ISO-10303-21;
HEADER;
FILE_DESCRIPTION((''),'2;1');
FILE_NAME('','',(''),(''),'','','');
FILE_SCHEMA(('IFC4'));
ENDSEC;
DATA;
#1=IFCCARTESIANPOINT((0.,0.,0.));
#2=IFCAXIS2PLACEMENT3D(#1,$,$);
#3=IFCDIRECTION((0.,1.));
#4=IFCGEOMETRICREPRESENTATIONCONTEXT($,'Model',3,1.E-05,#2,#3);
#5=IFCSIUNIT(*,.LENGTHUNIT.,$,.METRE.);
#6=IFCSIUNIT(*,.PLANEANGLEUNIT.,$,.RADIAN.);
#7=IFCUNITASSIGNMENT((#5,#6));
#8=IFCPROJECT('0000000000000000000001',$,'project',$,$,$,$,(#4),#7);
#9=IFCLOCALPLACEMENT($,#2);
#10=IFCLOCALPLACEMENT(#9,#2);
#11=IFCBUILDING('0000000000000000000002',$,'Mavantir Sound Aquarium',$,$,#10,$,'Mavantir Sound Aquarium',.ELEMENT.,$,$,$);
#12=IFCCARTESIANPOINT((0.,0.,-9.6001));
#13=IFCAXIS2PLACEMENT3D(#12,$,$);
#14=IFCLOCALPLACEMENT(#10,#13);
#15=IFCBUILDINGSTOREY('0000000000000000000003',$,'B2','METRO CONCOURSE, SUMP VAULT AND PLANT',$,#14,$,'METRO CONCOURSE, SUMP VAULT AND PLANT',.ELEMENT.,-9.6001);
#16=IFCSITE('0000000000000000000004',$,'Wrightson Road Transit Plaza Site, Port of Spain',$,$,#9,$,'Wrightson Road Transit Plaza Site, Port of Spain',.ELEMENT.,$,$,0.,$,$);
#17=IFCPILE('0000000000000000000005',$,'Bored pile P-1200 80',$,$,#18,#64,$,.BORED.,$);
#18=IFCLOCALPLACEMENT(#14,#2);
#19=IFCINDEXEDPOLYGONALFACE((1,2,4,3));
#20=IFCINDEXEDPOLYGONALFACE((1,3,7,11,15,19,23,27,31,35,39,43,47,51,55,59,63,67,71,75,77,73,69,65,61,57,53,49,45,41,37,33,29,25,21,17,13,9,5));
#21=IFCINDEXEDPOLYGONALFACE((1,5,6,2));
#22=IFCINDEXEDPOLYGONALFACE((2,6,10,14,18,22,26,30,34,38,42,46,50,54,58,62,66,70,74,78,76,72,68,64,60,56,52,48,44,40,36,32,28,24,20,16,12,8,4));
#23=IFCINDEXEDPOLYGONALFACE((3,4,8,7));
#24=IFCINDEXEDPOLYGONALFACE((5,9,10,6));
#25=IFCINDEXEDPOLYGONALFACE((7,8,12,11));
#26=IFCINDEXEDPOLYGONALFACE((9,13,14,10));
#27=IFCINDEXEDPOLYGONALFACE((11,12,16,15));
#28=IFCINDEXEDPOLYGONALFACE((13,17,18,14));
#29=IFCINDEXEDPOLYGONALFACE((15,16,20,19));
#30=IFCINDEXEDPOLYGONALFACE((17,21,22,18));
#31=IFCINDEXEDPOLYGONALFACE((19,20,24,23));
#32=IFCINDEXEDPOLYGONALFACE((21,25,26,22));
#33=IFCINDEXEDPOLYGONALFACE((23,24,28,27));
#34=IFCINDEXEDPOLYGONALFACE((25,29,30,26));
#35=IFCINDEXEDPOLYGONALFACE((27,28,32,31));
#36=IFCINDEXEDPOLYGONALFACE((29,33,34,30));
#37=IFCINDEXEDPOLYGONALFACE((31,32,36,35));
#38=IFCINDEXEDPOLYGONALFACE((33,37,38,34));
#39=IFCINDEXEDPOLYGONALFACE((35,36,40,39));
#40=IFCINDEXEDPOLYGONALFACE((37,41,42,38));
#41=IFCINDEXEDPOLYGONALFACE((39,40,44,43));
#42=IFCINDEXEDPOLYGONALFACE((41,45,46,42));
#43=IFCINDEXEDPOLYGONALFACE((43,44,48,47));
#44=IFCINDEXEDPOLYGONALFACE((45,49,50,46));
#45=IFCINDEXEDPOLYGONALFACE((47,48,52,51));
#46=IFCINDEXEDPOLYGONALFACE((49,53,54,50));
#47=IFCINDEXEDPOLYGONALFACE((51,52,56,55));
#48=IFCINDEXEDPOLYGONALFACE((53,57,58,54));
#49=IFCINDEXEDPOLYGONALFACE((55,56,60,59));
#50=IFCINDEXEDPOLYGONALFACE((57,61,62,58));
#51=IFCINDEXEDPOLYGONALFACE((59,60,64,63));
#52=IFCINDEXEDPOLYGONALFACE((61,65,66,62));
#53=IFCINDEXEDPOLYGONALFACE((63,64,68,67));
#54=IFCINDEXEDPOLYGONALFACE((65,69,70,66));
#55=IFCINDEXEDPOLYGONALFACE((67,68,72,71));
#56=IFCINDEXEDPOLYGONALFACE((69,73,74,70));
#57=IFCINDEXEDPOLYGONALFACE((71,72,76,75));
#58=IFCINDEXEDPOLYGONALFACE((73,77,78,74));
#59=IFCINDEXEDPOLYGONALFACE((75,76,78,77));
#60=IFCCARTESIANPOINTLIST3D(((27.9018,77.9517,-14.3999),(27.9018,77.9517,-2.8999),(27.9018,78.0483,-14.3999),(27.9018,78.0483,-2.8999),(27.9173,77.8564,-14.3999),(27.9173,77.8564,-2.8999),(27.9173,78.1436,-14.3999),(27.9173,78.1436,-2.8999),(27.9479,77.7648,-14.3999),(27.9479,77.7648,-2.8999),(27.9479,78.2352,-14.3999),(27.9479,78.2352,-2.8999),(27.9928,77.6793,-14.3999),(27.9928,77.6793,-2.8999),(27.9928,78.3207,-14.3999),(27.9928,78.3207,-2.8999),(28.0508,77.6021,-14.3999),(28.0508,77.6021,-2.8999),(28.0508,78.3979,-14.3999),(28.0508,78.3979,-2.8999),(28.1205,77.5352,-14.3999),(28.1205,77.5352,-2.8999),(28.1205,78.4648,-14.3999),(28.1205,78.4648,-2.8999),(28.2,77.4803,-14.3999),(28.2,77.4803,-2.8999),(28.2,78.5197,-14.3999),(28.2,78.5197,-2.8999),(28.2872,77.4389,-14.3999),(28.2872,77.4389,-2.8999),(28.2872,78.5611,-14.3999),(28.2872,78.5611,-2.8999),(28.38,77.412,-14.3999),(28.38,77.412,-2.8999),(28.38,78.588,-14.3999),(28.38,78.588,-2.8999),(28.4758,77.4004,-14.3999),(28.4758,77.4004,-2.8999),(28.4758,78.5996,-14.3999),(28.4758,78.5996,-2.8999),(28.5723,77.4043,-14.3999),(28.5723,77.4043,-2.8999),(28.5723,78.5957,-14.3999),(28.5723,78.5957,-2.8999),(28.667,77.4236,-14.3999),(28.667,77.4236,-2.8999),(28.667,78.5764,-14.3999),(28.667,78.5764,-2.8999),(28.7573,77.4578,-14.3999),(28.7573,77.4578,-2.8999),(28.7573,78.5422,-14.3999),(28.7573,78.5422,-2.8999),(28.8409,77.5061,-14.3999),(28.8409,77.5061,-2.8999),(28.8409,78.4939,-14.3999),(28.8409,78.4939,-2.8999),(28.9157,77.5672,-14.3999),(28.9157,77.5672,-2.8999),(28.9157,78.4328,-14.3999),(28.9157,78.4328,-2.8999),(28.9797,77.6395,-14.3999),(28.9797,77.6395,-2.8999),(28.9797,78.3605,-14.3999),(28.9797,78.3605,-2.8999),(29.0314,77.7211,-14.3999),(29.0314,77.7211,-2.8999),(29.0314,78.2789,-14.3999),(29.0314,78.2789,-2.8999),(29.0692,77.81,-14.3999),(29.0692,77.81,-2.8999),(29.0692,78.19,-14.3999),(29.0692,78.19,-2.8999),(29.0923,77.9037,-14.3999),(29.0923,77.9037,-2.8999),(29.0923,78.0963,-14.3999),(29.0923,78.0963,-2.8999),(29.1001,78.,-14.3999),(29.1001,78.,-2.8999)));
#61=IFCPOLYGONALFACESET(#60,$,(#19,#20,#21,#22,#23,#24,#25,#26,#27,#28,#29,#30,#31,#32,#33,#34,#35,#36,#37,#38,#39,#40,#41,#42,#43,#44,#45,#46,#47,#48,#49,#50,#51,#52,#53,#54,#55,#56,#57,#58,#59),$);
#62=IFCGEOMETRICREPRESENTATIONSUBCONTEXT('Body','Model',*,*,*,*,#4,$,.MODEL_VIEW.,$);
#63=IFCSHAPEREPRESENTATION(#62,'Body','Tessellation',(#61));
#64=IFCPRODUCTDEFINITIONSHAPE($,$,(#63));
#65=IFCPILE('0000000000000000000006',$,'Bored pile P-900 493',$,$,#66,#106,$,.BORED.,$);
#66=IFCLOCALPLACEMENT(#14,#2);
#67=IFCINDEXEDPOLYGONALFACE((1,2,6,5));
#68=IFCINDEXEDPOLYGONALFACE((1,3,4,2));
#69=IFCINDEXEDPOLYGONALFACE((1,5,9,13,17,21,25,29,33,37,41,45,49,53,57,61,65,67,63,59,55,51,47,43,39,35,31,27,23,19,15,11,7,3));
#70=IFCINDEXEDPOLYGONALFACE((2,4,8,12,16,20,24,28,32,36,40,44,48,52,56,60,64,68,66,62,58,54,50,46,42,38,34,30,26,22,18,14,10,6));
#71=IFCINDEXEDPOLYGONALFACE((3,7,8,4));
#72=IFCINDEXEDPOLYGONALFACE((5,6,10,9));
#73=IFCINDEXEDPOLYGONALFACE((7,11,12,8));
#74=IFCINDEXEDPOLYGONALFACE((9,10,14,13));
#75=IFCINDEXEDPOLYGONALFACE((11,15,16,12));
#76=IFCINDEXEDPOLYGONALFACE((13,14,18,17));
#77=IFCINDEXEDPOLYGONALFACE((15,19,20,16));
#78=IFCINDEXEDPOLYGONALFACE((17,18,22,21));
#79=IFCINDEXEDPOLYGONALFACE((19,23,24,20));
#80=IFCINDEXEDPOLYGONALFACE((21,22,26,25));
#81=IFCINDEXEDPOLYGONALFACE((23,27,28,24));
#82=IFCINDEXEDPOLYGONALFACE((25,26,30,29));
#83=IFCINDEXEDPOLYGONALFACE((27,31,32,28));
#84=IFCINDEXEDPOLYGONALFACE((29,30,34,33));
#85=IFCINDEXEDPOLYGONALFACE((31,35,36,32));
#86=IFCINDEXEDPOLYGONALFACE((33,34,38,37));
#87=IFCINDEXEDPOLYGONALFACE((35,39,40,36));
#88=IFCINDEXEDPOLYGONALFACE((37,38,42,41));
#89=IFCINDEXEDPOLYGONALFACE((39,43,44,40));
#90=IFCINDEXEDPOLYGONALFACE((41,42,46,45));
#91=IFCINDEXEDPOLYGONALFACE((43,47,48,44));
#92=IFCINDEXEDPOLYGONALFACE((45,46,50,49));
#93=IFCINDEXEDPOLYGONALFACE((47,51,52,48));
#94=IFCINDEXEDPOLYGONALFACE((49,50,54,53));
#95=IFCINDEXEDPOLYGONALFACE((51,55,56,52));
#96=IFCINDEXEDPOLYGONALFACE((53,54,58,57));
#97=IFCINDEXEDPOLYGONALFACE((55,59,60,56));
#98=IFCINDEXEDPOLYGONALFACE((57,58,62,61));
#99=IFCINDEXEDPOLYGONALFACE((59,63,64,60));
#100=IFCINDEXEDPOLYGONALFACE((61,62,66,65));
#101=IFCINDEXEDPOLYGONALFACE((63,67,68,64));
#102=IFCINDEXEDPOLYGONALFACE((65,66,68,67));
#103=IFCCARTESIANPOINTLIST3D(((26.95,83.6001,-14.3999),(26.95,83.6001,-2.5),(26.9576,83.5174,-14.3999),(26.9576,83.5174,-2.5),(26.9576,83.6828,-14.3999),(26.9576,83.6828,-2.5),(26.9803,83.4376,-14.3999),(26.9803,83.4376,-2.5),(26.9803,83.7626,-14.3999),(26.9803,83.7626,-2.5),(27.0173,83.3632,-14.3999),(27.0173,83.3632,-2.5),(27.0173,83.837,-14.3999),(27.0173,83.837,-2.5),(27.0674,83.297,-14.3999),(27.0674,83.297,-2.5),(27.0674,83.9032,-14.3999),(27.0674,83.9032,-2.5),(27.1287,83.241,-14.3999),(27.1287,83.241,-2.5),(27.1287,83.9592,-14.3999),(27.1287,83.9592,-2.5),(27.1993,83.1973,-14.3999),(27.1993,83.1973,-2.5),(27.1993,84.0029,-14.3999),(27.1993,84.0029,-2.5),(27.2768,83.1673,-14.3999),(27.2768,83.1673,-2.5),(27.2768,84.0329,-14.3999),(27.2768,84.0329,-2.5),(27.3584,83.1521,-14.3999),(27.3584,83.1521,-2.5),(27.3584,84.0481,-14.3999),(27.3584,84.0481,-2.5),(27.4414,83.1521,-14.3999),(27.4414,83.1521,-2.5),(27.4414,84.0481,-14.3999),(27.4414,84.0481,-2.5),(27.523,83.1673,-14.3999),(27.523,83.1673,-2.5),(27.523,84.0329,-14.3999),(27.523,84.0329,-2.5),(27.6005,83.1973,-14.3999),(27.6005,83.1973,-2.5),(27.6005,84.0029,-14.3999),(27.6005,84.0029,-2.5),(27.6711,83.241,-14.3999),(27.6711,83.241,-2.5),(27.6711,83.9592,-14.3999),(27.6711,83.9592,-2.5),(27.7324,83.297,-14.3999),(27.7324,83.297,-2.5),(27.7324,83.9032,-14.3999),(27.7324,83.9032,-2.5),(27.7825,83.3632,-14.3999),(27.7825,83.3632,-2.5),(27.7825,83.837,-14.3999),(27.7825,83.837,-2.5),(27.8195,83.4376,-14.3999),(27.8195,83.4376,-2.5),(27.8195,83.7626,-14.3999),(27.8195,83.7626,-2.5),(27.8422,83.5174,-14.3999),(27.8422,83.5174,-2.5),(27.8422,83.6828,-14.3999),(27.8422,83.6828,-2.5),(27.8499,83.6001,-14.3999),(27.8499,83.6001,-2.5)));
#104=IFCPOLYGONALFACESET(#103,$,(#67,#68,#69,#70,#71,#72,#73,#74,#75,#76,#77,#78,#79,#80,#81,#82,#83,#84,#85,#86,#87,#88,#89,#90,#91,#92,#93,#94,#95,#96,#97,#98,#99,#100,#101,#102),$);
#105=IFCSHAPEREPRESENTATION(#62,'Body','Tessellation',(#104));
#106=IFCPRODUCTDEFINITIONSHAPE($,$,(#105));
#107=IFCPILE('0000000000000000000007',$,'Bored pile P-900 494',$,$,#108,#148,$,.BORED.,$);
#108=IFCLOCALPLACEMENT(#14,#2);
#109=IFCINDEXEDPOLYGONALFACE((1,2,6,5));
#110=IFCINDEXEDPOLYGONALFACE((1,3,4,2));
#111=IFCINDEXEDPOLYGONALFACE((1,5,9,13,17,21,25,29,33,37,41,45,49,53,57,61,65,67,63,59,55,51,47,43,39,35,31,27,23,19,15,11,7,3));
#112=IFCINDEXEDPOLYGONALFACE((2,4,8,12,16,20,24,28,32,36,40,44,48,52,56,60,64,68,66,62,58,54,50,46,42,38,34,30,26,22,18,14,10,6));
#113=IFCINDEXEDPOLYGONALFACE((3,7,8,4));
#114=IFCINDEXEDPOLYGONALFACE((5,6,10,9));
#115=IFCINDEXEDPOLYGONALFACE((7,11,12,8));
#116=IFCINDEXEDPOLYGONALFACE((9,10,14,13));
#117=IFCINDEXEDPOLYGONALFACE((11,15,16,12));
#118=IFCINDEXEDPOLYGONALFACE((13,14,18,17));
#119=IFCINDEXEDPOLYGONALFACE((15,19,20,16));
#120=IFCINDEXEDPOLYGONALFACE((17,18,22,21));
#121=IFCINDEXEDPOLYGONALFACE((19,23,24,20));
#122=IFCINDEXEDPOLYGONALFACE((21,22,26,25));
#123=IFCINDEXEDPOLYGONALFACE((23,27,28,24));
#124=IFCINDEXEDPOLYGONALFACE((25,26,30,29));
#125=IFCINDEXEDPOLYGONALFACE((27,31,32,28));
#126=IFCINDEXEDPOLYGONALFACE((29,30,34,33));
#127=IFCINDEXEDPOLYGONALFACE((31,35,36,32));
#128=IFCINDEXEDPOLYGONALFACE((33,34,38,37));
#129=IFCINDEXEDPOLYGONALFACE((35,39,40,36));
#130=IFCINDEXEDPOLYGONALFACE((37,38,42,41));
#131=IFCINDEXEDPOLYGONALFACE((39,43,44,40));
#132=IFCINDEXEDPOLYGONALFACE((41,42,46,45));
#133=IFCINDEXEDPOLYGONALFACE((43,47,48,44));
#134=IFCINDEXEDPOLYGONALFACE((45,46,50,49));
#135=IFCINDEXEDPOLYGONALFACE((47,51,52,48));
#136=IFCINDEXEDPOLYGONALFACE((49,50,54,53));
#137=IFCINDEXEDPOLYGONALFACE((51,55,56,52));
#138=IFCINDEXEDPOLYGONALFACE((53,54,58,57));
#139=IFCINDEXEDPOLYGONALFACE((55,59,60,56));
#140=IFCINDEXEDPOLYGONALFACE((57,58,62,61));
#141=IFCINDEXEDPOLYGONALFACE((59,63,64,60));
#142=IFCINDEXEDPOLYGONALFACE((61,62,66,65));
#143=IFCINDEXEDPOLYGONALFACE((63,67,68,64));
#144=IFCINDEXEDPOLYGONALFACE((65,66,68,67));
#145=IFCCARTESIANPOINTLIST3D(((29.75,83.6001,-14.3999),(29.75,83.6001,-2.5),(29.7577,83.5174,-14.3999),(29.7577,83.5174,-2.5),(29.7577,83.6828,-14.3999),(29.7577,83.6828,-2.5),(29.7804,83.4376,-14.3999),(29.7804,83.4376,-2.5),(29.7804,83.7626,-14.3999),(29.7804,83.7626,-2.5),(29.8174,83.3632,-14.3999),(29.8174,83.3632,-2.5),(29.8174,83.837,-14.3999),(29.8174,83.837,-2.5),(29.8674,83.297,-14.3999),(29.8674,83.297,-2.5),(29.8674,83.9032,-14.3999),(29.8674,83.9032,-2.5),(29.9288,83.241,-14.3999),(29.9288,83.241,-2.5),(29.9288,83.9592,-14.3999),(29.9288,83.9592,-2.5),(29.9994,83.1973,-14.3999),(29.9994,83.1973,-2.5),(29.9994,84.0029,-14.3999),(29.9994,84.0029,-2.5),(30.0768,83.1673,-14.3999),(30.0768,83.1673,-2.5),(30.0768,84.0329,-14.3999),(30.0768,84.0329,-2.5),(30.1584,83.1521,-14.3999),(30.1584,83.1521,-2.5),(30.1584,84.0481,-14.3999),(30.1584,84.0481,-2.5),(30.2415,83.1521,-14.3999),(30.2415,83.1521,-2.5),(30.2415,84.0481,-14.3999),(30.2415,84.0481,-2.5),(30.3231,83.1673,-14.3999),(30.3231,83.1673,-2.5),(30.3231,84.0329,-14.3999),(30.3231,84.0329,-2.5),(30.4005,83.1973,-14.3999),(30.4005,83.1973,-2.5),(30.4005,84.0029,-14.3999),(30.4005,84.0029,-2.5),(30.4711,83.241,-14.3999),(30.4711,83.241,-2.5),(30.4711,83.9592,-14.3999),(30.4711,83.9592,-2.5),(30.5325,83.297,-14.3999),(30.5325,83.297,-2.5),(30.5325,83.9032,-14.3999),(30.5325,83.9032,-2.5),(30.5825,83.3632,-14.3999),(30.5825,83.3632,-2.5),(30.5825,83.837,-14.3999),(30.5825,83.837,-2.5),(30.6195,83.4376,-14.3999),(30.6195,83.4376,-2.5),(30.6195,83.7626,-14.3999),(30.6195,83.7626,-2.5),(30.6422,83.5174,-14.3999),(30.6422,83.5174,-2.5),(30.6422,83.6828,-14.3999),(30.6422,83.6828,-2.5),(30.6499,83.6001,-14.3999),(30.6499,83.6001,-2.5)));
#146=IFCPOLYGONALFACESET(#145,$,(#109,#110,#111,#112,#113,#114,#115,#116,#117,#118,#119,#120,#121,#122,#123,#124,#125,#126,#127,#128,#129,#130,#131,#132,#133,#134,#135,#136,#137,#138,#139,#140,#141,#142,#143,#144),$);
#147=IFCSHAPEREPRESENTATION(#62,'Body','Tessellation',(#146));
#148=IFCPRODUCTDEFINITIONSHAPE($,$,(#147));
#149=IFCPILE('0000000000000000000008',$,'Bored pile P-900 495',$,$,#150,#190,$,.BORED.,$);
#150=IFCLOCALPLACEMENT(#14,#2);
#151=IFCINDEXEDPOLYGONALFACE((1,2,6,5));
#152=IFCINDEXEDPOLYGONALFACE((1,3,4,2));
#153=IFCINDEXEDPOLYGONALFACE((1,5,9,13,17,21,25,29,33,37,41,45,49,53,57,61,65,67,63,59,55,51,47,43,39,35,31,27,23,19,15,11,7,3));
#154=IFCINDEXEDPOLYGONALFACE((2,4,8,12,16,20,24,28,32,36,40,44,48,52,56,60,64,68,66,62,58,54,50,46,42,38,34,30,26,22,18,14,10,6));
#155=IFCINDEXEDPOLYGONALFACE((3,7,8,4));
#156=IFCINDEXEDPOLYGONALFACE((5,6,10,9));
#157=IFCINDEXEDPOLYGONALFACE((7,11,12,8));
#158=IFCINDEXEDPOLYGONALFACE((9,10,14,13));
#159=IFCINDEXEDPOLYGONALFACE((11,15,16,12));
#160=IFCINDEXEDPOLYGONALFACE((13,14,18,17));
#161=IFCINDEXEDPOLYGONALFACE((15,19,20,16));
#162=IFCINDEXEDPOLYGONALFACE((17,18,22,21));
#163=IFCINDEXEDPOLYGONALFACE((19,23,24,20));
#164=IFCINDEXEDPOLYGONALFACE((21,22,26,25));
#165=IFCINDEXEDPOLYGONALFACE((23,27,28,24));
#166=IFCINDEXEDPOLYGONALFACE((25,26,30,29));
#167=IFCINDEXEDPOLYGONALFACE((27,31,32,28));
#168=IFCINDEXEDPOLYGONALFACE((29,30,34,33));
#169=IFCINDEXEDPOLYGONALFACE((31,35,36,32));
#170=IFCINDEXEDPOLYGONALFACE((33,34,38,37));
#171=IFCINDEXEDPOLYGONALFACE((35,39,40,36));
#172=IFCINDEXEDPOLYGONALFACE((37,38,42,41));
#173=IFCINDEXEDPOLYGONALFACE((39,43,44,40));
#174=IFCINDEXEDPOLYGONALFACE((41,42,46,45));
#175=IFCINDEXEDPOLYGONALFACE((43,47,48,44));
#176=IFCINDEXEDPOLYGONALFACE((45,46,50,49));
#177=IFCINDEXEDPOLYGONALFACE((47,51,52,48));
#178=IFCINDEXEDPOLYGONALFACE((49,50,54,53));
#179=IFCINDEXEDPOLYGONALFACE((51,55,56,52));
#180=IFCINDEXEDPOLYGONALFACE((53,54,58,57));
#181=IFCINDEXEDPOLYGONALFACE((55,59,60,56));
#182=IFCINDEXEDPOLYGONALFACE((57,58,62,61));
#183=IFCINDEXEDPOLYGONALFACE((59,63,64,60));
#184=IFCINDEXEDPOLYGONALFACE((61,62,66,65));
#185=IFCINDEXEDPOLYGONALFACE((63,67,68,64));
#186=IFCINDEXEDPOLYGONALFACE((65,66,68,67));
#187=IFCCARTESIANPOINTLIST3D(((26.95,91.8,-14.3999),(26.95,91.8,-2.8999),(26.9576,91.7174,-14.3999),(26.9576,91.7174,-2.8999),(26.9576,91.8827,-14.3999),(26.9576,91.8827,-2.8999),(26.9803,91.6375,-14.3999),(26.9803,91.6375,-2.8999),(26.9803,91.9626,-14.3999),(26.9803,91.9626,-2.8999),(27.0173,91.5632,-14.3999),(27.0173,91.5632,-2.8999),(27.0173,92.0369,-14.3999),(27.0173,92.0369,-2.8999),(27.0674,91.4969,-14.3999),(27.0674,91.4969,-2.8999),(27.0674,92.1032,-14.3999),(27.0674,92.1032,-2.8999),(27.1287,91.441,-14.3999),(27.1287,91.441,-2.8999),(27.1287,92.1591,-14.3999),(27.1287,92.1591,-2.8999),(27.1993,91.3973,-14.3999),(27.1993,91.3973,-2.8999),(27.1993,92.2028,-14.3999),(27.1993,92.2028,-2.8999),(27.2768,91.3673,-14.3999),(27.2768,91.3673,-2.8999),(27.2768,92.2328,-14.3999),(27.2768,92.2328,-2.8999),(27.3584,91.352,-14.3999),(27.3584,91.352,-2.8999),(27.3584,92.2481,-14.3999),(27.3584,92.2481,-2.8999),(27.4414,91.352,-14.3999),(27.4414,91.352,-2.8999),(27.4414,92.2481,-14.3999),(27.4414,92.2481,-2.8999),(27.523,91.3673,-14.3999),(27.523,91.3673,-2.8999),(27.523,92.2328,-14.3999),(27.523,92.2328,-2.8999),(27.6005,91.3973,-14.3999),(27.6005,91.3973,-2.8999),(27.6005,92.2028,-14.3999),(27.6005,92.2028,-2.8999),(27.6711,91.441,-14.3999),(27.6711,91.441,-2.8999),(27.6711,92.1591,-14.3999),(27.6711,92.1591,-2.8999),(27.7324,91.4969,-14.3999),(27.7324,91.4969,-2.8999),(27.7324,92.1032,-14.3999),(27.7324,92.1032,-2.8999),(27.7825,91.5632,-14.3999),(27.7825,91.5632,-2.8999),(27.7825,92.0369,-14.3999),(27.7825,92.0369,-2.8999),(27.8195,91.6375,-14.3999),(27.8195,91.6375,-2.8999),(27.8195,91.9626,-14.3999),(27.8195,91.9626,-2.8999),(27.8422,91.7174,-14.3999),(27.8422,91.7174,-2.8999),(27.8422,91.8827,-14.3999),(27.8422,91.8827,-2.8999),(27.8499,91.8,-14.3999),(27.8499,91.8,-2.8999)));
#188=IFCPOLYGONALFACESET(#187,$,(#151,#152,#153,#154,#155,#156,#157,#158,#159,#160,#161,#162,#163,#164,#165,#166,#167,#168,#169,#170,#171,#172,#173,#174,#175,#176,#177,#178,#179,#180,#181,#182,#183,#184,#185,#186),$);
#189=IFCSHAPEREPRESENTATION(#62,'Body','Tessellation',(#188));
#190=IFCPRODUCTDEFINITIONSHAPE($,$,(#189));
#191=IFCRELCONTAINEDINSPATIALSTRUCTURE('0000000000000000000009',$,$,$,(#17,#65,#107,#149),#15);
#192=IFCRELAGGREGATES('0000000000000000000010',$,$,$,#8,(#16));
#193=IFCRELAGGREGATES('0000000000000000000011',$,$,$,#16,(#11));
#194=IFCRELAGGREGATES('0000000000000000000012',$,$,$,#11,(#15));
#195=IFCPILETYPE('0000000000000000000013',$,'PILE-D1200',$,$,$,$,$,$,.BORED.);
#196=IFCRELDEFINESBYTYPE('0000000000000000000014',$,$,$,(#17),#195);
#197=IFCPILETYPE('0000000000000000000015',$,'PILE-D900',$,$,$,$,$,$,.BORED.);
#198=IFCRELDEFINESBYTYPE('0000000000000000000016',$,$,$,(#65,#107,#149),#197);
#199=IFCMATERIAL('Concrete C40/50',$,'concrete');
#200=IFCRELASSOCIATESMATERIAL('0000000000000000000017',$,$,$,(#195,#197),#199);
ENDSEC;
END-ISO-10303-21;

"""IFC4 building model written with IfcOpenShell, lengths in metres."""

from ifc_helpers import new_model, si_unit, direction, frame, origin, origin_2d, place, context, subcontext, project, spatial, circle, extrude, material, material_profile, profile_set, type_object, element, save


model = new_model("IFC4")

# Units and contexts
model_context = context("Model", 3, precision=1e-05, world=origin(), true_north=direction((0.0, 1.0)))
body_context = subcontext(model_context, "Body", "Model", "MODEL_VIEW")
ifc_project = project(units=[si_unit("LENGTHUNIT", "METRE"), si_unit("PLANEANGLEUNIT", "RADIAN")], contexts=[model_context])

# Site, building, storey
site_placement = place(None, origin())
site = spatial("IfcSite", under=ifc_project, at=site_placement, Name="Wrightson Road Transit Plaza Site, Port of Spain", LongName="Wrightson Road Transit Plaza Site, Port of Spain", CompositionType="ELEMENT", RefElevation=0.0)
building_placement = place(site_placement, origin())
building = spatial("IfcBuilding", under=site, at=building_placement, Name="Mavantir Sound Aquarium", LongName="Mavantir Sound Aquarium", CompositionType="ELEMENT")
storey_placement = place(building_placement, frame((0.0, 0.0, -9.6001)))
storey = spatial("IfcBuildingStorey", under=building, at=storey_placement, Name="B2", Description="METRO CONCOURSE, SUMP VAULT AND PLANT", LongName="METRO CONCOURSE, SUMP VAULT AND PLANT", CompositionType="ELEMENT", Elevation=-9.6001)

# Shared definitions
ifc_material_1 = material(Name="Concrete C40/50", Category="concrete")

# Piles
ifc_material_profile_1 = material_profile(ifc_material_1, circle(Radius=0.6001, at=origin_2d()), Name="PILE D1200")
ifc_profile_set_1 = profile_set([ifc_material_profile_1], Name="Concrete C40/50")
pile_type_1 = type_object("IfcPileType", Name="PILE-D1200", PredefinedType="BORED", material=ifc_profile_set_1)
for number, where, z_axis, x_axis, name in (
    (1, (28.5, 78.0, -2.8999), (0.0, 0.0, -1.0), (1.0, 0.0, 0.0), "Bored pile P-1200 80"),
):
    element("IfcPile", number, at=place(storey_placement, frame(where, z_axis=z_axis, x_axis=x_axis)), inside=storey, type_object=pile_type_1, Name=name, PredefinedType="BORED", context=body_context, shape_type="SweptSolid", body=[
        extrude(circle(Radius=0.6001, at=origin_2d()), origin(), (0.0, 0.0, 1.0), 11.5),
    ])
ifc_material_profile_2 = material_profile(ifc_material_1, circle(Radius=0.45, at=origin_2d()), Name="PILE D900")
ifc_profile_set_2 = profile_set([ifc_material_profile_2], Name="Concrete C40/50")
pile_type_2 = type_object("IfcPileType", Name="PILE-D900", PredefinedType="BORED", material=ifc_profile_set_2)
for number, where, z_axis, x_axis, name in (
    (2, (27.3999, 83.6001, -2.5), (0.0, 0.0, -1.0), (1.0, 0.0, 0.0), "Bored pile P-900 493"),
    (3, (30.2, 83.6001, -2.5), (0.0, 0.0, -1.0), (1.0, 0.0, 0.0), "Bored pile P-900 494"),
):
    element("IfcPile", number, at=place(storey_placement, frame(where, z_axis=z_axis, x_axis=x_axis)), inside=storey, type_object=pile_type_2, Name=name, PredefinedType="BORED", context=body_context, shape_type="SweptSolid", body=[
        extrude(circle(Radius=0.45, at=origin_2d()), origin(), (0.0, 0.0, 1.0), 11.8999),
    ])
for number, where, z_axis, x_axis, name in (
    (4, (27.3999, 91.8, -2.8999), (0.0, 0.0, -1.0), (1.0, 0.0, 0.0), "Bored pile P-900 495"),
):
    element("IfcPile", number, at=place(storey_placement, frame(where, z_axis=z_axis, x_axis=x_axis)), inside=storey, type_object=pile_type_2, Name=name, PredefinedType="BORED", context=body_context, shape_type="SweptSolid", body=[
        extrude(circle(Radius=0.45, at=origin_2d()), origin(), (0.0, 0.0, 1.0), 11.5),
    ])

save(model, "model.ifc")
